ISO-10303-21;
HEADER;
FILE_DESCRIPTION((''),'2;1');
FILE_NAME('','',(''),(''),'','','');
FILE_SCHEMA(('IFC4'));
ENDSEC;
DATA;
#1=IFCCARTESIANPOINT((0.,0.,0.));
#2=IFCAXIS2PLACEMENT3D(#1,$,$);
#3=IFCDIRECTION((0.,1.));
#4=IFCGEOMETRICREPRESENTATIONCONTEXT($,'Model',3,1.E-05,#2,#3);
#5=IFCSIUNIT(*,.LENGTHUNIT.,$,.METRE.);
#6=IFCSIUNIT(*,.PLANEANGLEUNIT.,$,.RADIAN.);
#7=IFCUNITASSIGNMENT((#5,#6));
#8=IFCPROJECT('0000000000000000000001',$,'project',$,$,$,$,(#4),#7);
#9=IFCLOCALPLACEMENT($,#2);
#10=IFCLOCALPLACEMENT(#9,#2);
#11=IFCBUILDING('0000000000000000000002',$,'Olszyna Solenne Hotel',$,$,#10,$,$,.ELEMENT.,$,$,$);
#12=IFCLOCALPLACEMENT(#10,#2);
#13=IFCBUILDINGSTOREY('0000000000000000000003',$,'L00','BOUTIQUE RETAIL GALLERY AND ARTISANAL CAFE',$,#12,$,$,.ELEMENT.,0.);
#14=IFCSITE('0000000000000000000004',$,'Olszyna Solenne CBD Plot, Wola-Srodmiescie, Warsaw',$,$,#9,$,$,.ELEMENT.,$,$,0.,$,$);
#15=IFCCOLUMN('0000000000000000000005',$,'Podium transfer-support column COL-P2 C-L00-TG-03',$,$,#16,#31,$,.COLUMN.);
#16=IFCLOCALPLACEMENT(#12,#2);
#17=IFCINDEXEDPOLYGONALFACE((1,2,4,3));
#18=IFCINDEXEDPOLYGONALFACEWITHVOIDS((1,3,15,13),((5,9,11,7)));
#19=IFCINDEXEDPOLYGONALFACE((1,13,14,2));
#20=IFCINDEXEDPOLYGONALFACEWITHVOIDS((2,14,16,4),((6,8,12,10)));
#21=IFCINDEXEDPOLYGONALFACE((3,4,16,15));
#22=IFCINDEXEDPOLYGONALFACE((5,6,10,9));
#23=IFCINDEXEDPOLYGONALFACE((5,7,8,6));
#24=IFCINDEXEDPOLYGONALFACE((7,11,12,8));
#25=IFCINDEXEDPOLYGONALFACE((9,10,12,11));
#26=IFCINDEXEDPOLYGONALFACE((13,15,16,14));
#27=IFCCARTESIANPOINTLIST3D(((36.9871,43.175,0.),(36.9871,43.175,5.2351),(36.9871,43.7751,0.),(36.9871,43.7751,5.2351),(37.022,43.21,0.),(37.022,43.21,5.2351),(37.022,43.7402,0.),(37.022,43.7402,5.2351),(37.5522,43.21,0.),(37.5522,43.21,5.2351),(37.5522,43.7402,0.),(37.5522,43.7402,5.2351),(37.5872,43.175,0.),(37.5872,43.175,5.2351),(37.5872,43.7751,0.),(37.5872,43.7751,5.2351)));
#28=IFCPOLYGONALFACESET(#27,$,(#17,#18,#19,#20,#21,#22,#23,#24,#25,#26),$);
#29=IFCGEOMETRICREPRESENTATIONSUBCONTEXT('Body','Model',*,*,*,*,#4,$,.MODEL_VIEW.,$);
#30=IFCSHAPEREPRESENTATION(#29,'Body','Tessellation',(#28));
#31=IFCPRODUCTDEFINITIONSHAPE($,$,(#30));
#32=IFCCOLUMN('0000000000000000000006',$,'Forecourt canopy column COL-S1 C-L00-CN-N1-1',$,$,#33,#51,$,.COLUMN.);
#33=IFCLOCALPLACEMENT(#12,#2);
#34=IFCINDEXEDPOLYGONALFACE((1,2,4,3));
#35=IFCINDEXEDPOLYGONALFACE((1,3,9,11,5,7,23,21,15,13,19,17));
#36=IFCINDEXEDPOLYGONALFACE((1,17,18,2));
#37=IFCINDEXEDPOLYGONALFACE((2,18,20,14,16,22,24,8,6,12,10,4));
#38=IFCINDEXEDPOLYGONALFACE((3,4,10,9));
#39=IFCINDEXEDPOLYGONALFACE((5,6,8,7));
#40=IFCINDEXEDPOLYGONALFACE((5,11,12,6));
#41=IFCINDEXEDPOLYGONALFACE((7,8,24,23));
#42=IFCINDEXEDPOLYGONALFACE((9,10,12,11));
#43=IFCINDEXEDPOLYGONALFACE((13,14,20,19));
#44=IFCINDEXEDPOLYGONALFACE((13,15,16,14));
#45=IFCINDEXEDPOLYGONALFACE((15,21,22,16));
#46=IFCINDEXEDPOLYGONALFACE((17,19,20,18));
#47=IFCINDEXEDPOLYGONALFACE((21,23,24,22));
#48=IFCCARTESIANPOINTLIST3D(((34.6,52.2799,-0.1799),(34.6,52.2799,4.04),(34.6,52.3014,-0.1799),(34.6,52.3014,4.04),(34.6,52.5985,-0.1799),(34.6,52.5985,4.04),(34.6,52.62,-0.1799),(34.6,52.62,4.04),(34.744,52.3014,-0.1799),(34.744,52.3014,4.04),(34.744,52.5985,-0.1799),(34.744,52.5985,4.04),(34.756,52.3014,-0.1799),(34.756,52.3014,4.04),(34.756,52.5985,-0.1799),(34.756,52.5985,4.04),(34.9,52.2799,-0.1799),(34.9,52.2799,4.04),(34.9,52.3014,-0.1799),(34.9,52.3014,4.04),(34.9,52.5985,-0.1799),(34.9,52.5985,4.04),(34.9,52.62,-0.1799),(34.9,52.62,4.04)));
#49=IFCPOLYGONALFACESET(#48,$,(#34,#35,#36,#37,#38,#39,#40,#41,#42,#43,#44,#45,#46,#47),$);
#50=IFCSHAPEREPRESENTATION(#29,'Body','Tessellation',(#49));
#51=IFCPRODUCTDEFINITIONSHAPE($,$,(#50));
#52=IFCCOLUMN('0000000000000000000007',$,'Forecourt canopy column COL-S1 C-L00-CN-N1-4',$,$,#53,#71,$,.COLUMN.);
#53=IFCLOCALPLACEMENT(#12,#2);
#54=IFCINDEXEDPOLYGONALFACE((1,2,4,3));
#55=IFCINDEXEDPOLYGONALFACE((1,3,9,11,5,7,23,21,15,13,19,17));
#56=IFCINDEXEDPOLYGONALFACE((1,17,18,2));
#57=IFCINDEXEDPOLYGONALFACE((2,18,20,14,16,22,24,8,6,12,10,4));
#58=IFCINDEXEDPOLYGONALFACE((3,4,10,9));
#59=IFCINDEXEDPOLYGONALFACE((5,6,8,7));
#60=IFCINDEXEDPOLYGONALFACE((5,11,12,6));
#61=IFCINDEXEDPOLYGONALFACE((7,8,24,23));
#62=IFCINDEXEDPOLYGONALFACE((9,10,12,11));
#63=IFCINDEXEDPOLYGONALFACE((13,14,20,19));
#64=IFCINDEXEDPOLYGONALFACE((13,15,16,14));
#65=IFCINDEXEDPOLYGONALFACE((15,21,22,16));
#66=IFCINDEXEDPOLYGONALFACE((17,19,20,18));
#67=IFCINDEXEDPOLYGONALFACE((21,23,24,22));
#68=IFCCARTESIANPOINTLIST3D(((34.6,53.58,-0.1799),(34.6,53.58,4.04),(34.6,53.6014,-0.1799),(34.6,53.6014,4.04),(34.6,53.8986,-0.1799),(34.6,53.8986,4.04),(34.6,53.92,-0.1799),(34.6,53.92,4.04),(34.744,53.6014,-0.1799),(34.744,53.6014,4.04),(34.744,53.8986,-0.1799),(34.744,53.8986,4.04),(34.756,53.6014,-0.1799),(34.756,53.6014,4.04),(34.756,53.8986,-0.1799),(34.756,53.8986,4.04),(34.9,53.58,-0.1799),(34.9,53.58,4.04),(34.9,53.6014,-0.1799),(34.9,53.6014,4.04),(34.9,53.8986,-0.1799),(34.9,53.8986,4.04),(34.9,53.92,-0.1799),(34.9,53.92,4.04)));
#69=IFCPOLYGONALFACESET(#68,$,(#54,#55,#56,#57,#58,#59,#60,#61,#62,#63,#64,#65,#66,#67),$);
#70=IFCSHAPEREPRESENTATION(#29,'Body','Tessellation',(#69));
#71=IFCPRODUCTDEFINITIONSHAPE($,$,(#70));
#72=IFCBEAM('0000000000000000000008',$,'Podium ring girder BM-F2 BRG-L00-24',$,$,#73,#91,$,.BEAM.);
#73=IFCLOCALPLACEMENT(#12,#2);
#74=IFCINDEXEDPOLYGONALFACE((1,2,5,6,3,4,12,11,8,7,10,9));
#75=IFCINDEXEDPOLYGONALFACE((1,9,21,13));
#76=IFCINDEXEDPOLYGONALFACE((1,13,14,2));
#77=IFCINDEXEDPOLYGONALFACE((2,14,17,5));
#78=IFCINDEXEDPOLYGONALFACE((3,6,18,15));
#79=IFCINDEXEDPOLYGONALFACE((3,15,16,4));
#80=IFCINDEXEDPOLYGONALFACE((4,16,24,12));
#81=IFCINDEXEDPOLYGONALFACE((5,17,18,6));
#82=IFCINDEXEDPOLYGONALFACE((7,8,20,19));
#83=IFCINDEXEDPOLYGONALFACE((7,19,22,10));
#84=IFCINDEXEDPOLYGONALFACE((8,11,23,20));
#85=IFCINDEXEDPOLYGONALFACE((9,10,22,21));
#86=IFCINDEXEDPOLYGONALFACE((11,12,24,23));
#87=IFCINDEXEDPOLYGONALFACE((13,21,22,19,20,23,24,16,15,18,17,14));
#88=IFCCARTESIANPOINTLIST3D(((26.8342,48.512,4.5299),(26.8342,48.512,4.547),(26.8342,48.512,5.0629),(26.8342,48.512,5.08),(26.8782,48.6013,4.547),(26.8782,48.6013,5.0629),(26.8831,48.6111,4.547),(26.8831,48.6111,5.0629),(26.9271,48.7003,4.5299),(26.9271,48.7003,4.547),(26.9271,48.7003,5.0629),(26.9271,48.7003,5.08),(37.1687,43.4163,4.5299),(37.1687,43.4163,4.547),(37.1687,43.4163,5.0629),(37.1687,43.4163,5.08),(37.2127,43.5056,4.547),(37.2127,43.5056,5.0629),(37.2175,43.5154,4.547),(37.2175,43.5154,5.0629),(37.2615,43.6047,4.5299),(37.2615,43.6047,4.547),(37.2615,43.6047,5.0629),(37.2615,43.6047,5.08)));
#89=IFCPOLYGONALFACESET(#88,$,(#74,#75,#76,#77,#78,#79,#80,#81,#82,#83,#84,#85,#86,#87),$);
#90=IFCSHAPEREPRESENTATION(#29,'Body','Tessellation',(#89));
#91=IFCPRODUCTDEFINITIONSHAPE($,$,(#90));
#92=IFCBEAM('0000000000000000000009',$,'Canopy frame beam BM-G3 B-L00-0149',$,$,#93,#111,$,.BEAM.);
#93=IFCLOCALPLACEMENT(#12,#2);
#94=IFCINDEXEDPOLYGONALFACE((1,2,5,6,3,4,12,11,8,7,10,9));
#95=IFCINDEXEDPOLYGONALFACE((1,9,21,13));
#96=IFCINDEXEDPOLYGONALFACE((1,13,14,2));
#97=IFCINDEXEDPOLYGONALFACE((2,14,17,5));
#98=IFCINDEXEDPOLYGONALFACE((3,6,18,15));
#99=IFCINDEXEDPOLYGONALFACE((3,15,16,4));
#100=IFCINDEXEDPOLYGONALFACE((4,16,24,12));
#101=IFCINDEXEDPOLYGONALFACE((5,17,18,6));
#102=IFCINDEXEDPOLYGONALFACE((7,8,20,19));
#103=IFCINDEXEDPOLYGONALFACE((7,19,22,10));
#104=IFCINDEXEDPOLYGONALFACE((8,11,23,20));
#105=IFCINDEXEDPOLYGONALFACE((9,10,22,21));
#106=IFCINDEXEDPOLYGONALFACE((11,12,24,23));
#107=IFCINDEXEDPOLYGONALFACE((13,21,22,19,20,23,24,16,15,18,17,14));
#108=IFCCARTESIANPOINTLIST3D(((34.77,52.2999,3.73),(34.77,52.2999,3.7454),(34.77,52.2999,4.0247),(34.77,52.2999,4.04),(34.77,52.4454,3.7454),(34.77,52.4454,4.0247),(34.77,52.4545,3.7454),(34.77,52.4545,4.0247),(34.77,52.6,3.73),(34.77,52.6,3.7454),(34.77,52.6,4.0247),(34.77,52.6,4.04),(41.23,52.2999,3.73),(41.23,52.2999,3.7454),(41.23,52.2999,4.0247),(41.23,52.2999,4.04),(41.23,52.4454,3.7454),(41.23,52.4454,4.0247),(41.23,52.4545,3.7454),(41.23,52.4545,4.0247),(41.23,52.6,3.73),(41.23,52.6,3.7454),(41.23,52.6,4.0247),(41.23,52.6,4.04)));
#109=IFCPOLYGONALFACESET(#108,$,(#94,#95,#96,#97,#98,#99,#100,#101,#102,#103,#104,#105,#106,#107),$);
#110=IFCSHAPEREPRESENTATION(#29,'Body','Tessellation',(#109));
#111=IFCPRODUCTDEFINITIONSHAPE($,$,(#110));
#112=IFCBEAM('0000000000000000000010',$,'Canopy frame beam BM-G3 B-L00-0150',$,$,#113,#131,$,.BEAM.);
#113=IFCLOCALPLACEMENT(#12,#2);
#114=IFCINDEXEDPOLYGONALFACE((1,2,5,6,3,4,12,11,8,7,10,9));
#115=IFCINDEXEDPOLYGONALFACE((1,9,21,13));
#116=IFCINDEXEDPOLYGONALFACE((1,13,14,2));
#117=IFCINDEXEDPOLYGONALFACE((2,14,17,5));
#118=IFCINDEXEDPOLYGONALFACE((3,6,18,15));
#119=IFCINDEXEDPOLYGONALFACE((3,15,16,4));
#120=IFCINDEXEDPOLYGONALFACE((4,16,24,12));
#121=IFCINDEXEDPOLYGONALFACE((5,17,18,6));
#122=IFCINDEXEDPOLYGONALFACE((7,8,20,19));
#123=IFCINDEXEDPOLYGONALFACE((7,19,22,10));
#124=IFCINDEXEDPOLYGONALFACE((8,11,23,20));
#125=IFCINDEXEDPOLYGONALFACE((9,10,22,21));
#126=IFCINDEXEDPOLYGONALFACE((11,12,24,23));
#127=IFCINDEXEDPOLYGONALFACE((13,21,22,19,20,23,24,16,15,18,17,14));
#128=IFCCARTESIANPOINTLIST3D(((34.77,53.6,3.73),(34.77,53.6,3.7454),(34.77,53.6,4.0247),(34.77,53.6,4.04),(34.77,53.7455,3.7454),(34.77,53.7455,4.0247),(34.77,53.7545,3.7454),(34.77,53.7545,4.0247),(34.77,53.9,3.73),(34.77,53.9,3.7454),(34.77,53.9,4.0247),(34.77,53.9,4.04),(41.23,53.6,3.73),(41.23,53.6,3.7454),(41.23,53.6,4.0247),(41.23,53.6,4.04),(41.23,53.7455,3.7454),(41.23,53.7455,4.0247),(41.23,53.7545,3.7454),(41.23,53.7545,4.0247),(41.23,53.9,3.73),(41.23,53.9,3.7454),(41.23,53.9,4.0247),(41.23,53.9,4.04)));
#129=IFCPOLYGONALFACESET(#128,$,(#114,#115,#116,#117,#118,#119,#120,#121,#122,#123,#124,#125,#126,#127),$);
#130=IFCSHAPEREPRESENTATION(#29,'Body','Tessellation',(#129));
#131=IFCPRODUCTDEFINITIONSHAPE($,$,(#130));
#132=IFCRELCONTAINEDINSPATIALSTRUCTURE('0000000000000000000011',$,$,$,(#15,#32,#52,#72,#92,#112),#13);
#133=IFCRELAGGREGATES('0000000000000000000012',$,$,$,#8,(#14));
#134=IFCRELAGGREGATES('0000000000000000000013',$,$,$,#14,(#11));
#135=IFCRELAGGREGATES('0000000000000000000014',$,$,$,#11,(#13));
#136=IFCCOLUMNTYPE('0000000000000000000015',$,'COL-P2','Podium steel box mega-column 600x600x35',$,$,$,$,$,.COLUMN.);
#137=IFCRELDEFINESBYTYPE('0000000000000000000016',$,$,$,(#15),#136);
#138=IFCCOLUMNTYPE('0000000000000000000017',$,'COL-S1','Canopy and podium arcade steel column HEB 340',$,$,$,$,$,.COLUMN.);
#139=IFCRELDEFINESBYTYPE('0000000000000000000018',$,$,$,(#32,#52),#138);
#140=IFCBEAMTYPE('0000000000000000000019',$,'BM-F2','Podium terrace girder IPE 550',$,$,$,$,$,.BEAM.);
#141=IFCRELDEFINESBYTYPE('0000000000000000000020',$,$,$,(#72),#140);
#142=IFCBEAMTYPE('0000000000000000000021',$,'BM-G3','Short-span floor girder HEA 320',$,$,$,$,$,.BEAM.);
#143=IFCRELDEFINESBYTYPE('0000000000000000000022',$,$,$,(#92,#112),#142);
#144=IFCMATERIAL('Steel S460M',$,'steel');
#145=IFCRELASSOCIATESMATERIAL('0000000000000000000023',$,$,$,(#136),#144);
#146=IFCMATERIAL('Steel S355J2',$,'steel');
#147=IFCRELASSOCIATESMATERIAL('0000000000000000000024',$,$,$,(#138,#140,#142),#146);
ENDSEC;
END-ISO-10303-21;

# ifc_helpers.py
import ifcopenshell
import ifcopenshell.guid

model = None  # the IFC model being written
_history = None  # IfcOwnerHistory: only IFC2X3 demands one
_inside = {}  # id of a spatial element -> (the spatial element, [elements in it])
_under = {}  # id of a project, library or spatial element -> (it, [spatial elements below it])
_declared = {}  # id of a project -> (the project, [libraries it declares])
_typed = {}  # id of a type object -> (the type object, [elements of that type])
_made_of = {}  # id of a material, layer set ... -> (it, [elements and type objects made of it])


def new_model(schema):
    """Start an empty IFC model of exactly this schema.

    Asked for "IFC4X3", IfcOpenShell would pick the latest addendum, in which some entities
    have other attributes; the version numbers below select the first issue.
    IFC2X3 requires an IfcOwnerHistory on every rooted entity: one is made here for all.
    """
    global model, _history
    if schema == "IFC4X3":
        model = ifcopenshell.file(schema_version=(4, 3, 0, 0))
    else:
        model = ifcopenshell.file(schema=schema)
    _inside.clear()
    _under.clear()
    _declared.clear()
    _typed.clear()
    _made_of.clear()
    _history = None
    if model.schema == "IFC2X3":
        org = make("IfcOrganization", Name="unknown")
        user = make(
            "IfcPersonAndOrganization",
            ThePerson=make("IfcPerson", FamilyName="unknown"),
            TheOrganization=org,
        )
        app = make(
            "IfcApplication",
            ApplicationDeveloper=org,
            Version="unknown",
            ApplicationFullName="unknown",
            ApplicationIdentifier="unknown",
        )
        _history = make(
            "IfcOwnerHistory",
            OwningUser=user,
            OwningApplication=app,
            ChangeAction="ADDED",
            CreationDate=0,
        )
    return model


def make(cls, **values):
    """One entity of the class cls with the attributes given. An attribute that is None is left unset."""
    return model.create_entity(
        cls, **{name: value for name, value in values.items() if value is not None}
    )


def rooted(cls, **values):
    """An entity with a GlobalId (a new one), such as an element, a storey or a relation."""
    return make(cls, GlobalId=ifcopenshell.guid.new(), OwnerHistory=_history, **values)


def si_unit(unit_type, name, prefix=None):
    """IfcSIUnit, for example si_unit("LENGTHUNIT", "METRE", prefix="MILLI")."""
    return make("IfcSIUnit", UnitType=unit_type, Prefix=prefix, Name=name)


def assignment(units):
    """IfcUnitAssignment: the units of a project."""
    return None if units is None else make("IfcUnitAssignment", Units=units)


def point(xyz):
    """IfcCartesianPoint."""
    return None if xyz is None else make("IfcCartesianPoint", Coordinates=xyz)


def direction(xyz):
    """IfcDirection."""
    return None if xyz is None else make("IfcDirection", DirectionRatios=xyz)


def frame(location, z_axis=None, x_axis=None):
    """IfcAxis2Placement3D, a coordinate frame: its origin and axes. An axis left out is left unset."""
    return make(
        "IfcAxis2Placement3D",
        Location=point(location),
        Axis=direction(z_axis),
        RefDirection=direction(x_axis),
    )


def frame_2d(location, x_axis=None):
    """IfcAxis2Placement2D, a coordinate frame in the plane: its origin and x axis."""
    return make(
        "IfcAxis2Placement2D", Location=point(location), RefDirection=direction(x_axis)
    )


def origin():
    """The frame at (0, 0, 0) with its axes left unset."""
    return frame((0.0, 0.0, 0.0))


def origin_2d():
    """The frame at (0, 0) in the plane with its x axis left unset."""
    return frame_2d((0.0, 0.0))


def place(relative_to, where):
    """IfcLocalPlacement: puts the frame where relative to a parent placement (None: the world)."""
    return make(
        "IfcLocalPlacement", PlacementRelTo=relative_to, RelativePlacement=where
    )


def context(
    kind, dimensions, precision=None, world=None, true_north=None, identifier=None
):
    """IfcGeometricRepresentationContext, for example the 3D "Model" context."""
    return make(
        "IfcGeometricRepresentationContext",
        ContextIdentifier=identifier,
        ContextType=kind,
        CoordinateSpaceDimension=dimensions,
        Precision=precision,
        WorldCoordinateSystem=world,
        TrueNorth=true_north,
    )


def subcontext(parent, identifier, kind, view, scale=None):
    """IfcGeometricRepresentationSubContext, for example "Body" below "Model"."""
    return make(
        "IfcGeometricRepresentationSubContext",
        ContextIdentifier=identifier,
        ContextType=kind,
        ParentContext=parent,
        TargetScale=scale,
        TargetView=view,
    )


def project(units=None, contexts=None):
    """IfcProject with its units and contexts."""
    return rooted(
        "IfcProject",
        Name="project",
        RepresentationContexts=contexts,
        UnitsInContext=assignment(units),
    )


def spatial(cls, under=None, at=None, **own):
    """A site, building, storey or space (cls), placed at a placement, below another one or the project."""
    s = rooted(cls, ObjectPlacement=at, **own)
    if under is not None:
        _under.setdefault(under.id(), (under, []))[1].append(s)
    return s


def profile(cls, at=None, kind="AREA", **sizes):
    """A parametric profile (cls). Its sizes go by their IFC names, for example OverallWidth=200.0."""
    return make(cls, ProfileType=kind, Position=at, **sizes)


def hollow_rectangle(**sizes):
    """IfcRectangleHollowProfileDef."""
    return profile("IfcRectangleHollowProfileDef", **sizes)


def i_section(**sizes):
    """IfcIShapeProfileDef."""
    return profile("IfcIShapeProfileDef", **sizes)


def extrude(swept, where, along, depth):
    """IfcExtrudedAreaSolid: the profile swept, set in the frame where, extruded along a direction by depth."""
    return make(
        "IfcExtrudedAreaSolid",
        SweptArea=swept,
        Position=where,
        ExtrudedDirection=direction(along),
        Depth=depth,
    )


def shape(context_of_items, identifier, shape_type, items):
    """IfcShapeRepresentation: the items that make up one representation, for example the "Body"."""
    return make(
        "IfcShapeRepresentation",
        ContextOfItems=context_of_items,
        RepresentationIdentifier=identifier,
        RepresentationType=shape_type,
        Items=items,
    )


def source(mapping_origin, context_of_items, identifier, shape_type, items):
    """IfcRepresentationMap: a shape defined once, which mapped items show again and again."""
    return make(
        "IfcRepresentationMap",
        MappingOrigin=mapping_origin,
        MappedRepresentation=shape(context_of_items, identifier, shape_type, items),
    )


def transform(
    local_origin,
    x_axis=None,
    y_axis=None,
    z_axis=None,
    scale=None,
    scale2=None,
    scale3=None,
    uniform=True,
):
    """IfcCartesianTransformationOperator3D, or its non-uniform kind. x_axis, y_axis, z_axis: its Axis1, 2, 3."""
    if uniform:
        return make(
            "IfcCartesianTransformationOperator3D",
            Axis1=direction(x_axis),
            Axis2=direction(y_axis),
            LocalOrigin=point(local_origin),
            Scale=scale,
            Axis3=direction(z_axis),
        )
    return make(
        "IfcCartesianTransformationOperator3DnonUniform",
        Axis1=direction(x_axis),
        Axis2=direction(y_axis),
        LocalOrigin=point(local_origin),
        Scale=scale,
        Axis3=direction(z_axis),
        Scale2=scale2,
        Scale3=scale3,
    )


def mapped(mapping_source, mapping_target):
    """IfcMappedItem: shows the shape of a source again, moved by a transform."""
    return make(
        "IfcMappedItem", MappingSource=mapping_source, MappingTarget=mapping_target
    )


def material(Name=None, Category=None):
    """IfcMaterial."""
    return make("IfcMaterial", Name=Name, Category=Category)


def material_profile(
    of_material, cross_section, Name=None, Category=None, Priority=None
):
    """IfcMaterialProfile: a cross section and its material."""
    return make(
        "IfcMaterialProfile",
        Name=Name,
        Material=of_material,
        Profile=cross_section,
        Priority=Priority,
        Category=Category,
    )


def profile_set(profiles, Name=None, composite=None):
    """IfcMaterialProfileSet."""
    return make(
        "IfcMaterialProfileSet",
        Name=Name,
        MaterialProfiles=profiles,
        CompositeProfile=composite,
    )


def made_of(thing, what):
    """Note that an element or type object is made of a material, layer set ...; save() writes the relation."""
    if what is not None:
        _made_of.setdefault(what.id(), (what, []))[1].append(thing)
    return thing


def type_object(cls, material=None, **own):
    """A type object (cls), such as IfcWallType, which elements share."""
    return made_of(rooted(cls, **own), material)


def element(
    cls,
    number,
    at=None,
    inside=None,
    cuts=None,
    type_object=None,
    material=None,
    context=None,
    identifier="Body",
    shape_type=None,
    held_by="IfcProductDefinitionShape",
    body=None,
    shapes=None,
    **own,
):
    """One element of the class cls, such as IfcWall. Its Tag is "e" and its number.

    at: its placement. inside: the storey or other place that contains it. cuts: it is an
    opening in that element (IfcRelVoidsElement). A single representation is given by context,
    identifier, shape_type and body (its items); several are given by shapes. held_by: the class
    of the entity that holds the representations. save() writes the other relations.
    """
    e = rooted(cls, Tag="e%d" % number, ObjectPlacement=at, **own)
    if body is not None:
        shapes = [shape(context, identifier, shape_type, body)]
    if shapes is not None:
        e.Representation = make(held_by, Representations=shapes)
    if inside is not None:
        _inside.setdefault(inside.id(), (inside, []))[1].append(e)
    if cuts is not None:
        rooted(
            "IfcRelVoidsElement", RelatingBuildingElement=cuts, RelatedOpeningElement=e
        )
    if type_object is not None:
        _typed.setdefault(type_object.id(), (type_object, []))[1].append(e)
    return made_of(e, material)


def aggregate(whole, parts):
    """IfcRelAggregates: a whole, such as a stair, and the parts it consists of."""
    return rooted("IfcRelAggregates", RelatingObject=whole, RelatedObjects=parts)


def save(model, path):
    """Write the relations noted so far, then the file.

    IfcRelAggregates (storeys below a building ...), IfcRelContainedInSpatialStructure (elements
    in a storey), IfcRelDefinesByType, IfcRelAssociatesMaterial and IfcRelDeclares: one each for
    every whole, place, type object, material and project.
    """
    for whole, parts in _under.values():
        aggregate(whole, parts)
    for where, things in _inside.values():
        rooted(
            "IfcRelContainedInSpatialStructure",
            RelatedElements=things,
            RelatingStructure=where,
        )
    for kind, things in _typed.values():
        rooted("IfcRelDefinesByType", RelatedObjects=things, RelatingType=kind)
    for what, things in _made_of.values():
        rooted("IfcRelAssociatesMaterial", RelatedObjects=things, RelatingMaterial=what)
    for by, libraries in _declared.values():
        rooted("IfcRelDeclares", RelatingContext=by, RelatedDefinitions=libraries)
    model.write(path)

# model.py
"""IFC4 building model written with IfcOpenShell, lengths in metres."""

from ifc_helpers import new_model, si_unit, direction, frame, origin, origin_2d, place, context, subcontext, project, spatial, hollow_rectangle, i_section, extrude, source, transform, mapped, material, material_profile, profile_set, type_object, element, save


model = new_model("IFC4")

# Units and contexts
model_context = context("Model", 3, precision=1e-05, world=origin(), true_north=direction((0.0, 1.0)))
body_context = subcontext(model_context, "Body", "Model", "MODEL_VIEW")
ifc_project = project(units=[si_unit("LENGTHUNIT", "METRE"), si_unit("PLANEANGLEUNIT", "RADIAN")], contexts=[model_context])

# Site, building, storey
site_placement = place(None, origin())
site = spatial("IfcSite", under=ifc_project, at=site_placement, Name="Olszyna Solenne CBD Plot, Wola-Srodmiescie, Warsaw", CompositionType="ELEMENT", RefElevation=0.0)
building_placement = place(site_placement, origin())
building = spatial("IfcBuilding", under=site, at=building_placement, Name="Olszyna Solenne Hotel", CompositionType="ELEMENT")
storey_placement = place(building_placement, origin())
storey = spatial("IfcBuildingStorey", under=building, at=storey_placement, Name="L00", Description="BOUTIQUE RETAIL GALLERY AND ARTISANAL CAFE", CompositionType="ELEMENT", Elevation=0.0)

# Columns
ifc_material_1 = material(Name="Steel S460M", Category="steel")
ifc_material_profile_1 = material_profile(ifc_material_1, hollow_rectangle(XDim=0.6001, YDim=0.6001, WallThickness=0.0349, at=origin_2d()), Name="SHS 600x600x35", Category="load-bearing")
ifc_profile_set_1 = profile_set([ifc_material_profile_1], Name="Steel S460M")
column_type_1 = type_object("IfcColumnType", Name="COL-P2", Description="Podium steel box mega-column 600x600x35", PredefinedType="COLUMN", material=ifc_profile_set_1)
shared_shape_1 = source(origin(), body_context, "Body", "SweptSolid", [
    extrude(hollow_rectangle(XDim=0.6001, YDim=0.6001, WallThickness=0.0349, at=origin_2d()), origin(), (0.0, 0.0, 1.0), 5.2351),
])
column_placement = place(storey_placement, frame((37.2871, 43.4751, 0.0), z_axis=(0.0, 0.0, 1.0), x_axis=(1.0, 0.0, 0.0)))
element("IfcColumn", 1, at=column_placement, inside=storey, type_object=column_type_1, Name="Podium transfer-support column COL-P2 C-L00-TG-03", PredefinedType="COLUMN", context=body_context, shape_type="MappedRepresentation", body=[
    mapped(shared_shape_1, transform((0.0, 0.0, 0.0), x_axis=(1.0, 0.0, 0.0), y_axis=(0.0, 1.0, 0.0), z_axis=(0.0, 0.0, 1.0), scale=1.0)),
])
ifc_material_2 = material(Name="Steel S355J2", Category="steel")
ifc_material_profile_2 = material_profile(ifc_material_2, i_section(OverallWidth=0.3, OverallDepth=0.3401, WebThickness=0.012, FlangeThickness=0.0215, at=origin_2d()), Name="HEB 340", Category="load-bearing")
ifc_profile_set_2 = profile_set([ifc_material_profile_2], Name="Steel S355J2")
column_type_2 = type_object("IfcColumnType", Name="COL-S1", Description="Canopy and podium arcade steel column HEB 340", PredefinedType="COLUMN", material=ifc_profile_set_2)
shared_shape_2 = source(origin(), body_context, "Body", "SweptSolid", [
    extrude(i_section(OverallWidth=0.3, OverallDepth=0.3401, WebThickness=0.012, FlangeThickness=0.0215, at=origin_2d()), origin(), (0.0, 0.0, 1.0), 4.22),
])
for number, where, z_axis, x_axis, name in (
    (2, (34.75, 52.45, -0.1799), (0.0, 0.0, 1.0), (1.0, 0.0, 0.0), "Forecourt canopy column COL-S1 C-L00-CN-N1-1"),
    (3, (34.75, 53.75, -0.1799), (0.0, 0.0, 1.0), (1.0, 0.0, 0.0), "Forecourt canopy column COL-S1 C-L00-CN-N1-4"),
):
    element("IfcColumn", number, at=place(storey_placement, frame(where, z_axis=z_axis, x_axis=x_axis)), inside=storey, type_object=column_type_2, Name=name, PredefinedType="COLUMN", context=body_context, shape_type="MappedRepresentation", body=[
        mapped(shared_shape_2, transform((0.0, 0.0, 0.0), x_axis=(1.0, 0.0, 0.0), y_axis=(0.0, 1.0, 0.0), z_axis=(0.0, 0.0, 1.0), scale=1.0)),
    ])

# Beams
ifc_material_profile_3 = material_profile(ifc_material_2, i_section(OverallWidth=0.21, OverallDepth=0.55, WebThickness=0.011, FlangeThickness=0.0171, at=origin_2d()), Name="IPE 550", Category="load-bearing")
ifc_profile_set_3 = profile_set([ifc_material_profile_3], Name="Steel S355J2")
beam_type_1 = type_object("IfcBeamType", Name="BM-F2", Description="Podium terrace girder IPE 550", PredefinedType="BEAM", material=ifc_profile_set_3)
shared_shape_3 = source(origin(), body_context, "Body", "SweptSolid", [
    extrude(i_section(OverallWidth=0.21, OverallDepth=0.55, WebThickness=0.011, FlangeThickness=0.0171, at=origin_2d()), origin(), (0.0, 0.0, 1.0), 11.5225),
])
beam_1_placement = place(storey_placement, frame((37.2151, 43.5105, 4.8049), z_axis=(-0.896897, 0.44224, 0.0), x_axis=(-0.44224, -0.896897, 0.0)))
element("IfcBeam", 4, at=beam_1_placement, inside=storey, type_object=beam_type_1, Name="Podium ring girder BM-F2 BRG-L00-24", PredefinedType="BEAM", context=body_context, shape_type="MappedRepresentation", body=[
    mapped(shared_shape_3, transform((0.0, 0.0, 0.0), x_axis=(1.0, 0.0, 0.0), y_axis=(0.0, 1.0, 0.0), z_axis=(0.0, 0.0, 1.0), scale=1.0)),
])
ifc_material_profile_4 = material_profile(ifc_material_2, i_section(OverallWidth=0.3, OverallDepth=0.3101, WebThickness=0.009, FlangeThickness=0.0154, at=origin_2d()), Name="HEA 320", Category="load-bearing")
ifc_profile_set_4 = profile_set([ifc_material_profile_4], Name="Steel S355J2")
beam_type_2 = type_object("IfcBeamType", Name="BM-G3", Description="Short-span floor girder HEA 320", PredefinedType="BEAM", material=ifc_profile_set_4)
shared_shape_4 = source(origin(), body_context, "Body", "SweptSolid", [
    extrude(i_section(OverallWidth=0.3, OverallDepth=0.3101, WebThickness=0.009, FlangeThickness=0.0154, at=origin_2d()), origin(), (0.0, 0.0, 1.0), 6.46),
])
for number, where, z_axis, x_axis, name in (
    (5, (34.77, 52.45, 3.885), (1.0, 0.0, 0.0), (0.0, 1.0, 0.0), "Canopy frame beam BM-G3 B-L00-0149"),
    (6, (41.23, 53.75, 3.885), (-1.0, 0.0, 0.0), (0.0, -1.0, 0.0), "Canopy frame beam BM-G3 B-L00-0150"),
):
    element("IfcBeam", number, at=place(storey_placement, frame(where, z_axis=z_axis, x_axis=x_axis)), inside=storey, type_object=beam_type_2, Name=name, PredefinedType="BEAM", context=body_context, shape_type="MappedRepresentation", body=[
        mapped(shared_shape_4, transform((0.0, 0.0, 0.0), x_axis=(1.0, 0.0, 0.0), y_axis=(0.0, 1.0, 0.0), z_axis=(0.0, 0.0, 1.0), scale=1.0)),
    ])

save(model, "model.ifc")
